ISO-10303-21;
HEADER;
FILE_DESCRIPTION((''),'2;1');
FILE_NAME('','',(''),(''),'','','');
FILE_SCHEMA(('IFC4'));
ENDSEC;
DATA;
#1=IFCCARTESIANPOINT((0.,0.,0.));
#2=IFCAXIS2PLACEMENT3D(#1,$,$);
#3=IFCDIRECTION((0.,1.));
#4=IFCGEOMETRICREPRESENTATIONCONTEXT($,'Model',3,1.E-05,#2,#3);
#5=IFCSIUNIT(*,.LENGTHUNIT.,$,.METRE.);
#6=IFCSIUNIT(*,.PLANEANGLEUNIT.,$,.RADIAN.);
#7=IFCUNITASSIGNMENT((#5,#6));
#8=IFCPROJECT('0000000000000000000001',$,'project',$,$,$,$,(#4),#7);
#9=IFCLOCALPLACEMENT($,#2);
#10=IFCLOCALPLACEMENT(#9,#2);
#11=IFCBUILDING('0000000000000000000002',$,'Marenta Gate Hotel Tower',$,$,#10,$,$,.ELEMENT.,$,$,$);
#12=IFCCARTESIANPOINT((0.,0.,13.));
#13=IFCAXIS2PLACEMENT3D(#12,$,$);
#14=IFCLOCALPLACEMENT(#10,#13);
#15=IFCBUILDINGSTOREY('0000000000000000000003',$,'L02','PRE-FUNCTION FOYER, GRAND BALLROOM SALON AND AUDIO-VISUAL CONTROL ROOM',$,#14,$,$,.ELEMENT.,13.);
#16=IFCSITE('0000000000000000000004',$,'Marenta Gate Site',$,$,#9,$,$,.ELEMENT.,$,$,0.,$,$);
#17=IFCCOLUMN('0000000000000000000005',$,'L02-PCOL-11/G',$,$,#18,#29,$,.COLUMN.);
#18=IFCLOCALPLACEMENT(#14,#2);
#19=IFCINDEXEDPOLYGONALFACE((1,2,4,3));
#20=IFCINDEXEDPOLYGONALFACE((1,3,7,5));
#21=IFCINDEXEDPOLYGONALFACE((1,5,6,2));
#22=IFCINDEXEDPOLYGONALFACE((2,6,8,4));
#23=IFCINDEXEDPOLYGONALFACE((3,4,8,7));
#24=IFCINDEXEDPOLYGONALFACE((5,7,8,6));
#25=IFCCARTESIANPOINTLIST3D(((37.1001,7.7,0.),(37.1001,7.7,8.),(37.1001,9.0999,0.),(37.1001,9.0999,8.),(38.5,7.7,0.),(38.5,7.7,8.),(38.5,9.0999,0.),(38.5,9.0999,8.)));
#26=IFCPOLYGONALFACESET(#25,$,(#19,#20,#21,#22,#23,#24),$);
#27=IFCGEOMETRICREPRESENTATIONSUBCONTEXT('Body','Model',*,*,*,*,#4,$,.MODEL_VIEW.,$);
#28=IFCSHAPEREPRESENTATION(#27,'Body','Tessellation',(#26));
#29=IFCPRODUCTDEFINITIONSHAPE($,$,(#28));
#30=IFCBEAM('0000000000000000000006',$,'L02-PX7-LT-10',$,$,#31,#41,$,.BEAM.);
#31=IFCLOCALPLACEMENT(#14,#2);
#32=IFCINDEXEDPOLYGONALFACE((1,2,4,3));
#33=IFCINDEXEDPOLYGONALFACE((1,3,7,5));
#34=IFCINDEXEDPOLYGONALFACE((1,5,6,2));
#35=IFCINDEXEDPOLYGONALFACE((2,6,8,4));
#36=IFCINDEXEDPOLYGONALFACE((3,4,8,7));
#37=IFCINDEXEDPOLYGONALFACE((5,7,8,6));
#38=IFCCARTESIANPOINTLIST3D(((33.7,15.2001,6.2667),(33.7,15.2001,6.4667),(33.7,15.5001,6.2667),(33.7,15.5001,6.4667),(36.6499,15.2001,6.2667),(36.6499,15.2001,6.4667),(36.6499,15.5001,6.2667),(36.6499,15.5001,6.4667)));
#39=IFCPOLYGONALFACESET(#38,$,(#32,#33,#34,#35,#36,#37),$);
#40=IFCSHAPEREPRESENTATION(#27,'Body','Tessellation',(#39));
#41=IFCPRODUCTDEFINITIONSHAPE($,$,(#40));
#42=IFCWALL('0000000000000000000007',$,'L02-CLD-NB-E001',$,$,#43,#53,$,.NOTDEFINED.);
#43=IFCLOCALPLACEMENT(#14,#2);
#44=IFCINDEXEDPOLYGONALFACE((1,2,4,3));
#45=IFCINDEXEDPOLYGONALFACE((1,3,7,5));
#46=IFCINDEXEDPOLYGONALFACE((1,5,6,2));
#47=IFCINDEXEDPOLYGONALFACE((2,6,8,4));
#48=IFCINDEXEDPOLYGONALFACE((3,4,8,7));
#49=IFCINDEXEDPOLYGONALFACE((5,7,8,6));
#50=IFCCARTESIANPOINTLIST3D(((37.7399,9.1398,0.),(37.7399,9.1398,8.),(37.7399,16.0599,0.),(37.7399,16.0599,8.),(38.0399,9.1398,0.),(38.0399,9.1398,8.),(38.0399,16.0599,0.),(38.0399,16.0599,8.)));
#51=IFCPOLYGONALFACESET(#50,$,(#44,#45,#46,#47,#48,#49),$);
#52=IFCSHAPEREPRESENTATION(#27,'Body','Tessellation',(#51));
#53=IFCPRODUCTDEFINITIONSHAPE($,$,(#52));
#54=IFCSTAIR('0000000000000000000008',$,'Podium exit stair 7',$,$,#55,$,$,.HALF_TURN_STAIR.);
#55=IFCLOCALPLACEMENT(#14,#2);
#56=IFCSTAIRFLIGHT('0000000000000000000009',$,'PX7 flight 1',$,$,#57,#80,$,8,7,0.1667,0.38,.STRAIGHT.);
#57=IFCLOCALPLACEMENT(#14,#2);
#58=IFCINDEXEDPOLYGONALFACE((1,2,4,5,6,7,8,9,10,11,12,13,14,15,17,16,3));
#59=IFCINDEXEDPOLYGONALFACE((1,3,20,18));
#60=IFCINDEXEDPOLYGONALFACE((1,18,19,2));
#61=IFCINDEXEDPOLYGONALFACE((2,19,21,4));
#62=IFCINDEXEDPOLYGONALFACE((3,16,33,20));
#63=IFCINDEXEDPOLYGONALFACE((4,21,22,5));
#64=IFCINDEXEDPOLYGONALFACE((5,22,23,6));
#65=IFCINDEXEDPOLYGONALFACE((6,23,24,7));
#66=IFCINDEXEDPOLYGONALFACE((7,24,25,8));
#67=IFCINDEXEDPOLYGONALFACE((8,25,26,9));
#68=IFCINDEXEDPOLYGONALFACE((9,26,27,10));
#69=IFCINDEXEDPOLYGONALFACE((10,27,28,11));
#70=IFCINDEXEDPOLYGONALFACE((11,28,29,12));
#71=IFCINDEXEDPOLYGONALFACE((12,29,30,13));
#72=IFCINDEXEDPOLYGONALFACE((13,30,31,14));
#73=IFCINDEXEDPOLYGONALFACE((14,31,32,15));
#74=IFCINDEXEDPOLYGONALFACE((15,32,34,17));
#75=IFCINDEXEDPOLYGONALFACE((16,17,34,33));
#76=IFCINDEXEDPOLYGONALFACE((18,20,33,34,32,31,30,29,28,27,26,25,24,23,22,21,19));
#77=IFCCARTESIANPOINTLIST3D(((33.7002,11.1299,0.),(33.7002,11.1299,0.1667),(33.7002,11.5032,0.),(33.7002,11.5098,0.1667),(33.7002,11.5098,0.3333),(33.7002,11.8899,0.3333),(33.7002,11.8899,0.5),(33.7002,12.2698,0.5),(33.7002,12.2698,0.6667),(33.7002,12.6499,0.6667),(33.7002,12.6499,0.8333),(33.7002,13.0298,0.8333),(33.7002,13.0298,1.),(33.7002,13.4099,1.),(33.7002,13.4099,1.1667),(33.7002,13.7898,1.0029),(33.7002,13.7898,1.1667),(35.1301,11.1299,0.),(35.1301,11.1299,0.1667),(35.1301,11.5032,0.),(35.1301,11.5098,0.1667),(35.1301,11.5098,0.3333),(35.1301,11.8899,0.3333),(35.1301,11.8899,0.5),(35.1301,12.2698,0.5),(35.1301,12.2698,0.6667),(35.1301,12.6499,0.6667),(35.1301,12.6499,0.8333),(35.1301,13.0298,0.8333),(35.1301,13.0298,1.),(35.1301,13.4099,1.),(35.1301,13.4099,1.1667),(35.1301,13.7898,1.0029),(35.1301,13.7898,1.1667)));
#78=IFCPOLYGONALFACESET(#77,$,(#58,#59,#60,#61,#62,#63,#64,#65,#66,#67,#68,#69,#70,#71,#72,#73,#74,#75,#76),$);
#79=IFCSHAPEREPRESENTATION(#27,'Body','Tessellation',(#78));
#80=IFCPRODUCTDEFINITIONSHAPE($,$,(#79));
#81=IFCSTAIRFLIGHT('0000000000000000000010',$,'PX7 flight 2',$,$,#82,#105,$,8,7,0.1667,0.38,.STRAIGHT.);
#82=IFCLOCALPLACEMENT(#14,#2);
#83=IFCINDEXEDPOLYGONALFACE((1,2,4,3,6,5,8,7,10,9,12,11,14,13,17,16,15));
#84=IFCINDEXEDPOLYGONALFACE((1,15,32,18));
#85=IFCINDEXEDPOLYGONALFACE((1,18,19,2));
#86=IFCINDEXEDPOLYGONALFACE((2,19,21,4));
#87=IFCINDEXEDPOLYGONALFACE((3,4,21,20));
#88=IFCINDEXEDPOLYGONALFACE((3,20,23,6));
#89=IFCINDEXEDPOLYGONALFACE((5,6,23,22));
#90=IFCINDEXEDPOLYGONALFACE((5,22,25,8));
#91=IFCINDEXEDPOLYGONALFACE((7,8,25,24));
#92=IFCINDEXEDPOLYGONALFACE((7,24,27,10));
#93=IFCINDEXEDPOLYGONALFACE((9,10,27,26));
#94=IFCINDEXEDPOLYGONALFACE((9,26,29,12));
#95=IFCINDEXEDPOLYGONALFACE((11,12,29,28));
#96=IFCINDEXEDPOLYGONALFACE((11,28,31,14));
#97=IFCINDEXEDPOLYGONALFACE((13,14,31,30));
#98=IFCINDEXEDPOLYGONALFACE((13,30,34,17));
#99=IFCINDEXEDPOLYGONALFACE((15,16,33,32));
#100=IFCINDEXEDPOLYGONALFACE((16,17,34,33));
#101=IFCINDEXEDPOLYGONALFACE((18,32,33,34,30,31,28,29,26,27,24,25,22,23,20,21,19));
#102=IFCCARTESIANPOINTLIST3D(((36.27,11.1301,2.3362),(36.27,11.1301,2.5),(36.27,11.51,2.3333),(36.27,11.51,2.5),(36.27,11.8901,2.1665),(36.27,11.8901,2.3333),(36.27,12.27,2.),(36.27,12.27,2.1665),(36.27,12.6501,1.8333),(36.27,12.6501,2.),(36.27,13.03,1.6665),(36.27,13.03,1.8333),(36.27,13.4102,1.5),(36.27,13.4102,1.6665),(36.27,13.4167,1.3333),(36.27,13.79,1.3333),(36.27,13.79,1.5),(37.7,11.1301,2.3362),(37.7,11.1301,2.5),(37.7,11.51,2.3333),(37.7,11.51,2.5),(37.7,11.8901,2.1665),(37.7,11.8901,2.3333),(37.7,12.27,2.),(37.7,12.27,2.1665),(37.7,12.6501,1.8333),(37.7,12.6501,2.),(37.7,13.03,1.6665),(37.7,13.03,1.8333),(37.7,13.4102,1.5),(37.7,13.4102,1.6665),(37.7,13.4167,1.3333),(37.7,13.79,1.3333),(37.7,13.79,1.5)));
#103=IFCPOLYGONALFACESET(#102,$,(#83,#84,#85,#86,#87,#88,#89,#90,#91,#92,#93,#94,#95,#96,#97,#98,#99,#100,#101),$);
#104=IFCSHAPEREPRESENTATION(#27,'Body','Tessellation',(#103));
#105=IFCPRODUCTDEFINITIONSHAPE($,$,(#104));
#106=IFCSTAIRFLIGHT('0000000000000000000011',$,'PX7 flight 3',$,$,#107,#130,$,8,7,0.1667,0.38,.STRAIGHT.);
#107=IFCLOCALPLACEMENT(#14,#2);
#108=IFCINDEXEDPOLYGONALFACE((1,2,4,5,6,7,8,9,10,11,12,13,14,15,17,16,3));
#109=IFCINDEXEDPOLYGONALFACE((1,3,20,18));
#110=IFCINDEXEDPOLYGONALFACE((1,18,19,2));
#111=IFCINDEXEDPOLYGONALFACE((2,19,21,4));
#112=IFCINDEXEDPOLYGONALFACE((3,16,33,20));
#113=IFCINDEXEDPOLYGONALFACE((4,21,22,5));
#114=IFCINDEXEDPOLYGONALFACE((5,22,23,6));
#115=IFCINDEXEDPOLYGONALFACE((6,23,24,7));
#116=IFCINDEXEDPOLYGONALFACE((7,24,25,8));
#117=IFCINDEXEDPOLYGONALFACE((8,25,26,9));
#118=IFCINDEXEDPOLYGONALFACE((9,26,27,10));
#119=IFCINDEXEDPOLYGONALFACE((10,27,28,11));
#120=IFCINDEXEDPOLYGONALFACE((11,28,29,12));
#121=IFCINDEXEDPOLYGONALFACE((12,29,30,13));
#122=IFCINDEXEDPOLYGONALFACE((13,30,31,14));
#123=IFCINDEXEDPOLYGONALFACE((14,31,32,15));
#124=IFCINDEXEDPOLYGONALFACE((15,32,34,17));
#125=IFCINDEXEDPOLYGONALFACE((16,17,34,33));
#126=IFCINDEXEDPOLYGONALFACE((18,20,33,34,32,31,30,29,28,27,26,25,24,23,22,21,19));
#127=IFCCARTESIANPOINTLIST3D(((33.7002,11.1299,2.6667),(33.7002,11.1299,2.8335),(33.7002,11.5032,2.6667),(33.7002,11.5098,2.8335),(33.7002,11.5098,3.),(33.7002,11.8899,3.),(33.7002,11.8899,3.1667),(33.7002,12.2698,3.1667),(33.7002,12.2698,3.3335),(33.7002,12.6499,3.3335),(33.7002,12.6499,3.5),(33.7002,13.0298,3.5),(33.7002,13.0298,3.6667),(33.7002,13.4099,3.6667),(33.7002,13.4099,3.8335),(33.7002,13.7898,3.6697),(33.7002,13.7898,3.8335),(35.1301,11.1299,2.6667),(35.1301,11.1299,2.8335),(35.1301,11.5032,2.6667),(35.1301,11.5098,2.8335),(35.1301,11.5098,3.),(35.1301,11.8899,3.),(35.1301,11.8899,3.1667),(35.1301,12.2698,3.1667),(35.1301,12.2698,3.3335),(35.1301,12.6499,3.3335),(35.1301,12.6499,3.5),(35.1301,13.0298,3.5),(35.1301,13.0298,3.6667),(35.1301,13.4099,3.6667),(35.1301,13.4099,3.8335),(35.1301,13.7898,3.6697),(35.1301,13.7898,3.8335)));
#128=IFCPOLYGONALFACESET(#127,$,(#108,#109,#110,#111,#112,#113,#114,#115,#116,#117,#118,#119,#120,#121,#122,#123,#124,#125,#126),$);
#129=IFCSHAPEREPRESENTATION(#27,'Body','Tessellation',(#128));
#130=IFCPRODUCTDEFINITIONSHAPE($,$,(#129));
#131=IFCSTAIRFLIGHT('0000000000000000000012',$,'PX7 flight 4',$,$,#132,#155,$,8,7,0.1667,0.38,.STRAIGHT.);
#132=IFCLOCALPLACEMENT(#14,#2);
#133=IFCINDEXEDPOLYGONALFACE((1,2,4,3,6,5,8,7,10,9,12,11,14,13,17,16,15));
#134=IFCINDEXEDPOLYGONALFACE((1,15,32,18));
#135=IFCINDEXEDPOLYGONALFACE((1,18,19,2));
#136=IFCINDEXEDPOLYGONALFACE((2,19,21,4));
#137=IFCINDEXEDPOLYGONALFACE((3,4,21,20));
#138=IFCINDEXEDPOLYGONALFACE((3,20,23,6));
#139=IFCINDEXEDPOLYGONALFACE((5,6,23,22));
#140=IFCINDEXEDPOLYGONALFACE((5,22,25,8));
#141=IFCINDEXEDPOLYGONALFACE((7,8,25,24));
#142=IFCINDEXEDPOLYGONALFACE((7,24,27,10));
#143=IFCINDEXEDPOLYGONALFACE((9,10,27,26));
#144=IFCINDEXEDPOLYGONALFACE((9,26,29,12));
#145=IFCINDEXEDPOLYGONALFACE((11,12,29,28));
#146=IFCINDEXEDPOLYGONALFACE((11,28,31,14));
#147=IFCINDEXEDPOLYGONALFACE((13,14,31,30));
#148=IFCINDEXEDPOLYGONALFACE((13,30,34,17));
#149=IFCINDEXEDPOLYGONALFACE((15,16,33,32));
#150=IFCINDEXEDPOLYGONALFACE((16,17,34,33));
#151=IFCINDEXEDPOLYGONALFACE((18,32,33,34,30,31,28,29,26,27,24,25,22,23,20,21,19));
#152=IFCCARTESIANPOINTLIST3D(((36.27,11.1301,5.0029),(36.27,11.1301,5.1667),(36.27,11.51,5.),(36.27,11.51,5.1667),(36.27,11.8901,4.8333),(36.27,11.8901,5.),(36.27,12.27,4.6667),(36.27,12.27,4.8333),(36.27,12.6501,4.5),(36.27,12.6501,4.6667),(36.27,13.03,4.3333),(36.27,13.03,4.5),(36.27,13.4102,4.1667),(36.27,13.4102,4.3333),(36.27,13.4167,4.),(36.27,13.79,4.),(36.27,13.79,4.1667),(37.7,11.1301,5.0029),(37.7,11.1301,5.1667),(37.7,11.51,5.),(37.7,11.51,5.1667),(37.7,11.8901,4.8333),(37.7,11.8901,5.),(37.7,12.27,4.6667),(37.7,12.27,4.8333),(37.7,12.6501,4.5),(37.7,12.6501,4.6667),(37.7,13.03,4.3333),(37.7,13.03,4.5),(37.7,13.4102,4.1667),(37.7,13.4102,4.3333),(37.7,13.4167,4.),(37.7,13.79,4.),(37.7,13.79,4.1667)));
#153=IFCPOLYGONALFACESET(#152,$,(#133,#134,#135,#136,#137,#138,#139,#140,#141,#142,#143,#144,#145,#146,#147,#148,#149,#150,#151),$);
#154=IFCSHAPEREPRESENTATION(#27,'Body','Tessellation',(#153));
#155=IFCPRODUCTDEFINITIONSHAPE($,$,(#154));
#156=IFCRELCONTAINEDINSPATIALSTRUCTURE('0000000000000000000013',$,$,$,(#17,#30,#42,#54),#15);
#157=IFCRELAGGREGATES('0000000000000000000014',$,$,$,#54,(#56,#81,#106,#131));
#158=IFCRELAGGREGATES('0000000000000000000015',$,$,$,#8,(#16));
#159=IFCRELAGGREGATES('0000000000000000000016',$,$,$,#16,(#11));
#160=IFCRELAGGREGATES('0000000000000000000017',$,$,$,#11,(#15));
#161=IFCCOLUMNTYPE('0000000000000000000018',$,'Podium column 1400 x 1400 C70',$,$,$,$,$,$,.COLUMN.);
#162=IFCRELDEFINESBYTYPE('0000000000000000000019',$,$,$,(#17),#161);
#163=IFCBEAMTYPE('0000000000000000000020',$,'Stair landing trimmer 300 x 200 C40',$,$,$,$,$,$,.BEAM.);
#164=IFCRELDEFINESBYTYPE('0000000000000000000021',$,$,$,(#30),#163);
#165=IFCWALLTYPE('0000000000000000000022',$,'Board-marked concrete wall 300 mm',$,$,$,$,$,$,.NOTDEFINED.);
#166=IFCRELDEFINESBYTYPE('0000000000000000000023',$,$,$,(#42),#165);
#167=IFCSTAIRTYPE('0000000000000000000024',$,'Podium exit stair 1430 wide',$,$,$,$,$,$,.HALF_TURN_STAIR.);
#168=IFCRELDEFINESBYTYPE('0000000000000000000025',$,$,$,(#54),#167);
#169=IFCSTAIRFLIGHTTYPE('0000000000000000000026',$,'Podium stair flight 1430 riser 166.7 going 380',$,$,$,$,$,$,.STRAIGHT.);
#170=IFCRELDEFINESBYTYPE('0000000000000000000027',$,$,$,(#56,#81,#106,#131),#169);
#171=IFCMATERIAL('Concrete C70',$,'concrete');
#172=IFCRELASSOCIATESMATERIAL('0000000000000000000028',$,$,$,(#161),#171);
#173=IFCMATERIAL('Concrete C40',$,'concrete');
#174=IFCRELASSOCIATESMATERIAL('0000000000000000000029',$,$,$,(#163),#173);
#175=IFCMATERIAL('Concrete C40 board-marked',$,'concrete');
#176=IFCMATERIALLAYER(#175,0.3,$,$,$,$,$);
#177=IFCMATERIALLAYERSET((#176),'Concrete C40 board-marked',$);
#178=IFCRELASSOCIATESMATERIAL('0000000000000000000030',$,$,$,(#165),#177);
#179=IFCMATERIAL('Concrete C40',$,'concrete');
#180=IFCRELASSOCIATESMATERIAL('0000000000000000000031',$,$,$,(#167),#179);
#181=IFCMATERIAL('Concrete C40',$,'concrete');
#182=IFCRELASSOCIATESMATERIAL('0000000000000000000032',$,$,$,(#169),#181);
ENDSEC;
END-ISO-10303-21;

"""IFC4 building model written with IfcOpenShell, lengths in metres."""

from ifc_helpers import new_model, si_unit, direction, frame, frame_2d, origin, origin_2d, place, context, subcontext, project, spatial, polyline, rectangle, outline, extrude, material, layer, layer_set, material_profile, profile_set, type_object, element, aggregate, save


model = new_model("IFC4")

# Units and contexts
model_context = context("Model", 3, precision=1e-05, world=origin(), true_north=direction((0.0, 1.0)))
body_context = subcontext(model_context, "Body", "Model", "MODEL_VIEW")
ifc_project = project(units=[si_unit("LENGTHUNIT", "METRE"), si_unit("PLANEANGLEUNIT", "RADIAN")], contexts=[model_context])

# Site, building, storey
site_placement = place(None, origin())
site = spatial("IfcSite", under=ifc_project, at=site_placement, Name="Marenta Gate Site", CompositionType="ELEMENT", RefElevation=0.0)
building_placement = place(site_placement, origin())
building = spatial("IfcBuilding", under=site, at=building_placement, Name="Marenta Gate Hotel Tower", CompositionType="ELEMENT")
storey_placement = place(building_placement, frame((0.0, 0.0, 13.0)))
storey = spatial("IfcBuildingStorey", under=building, at=storey_placement, Name="L02", Description="PRE-FUNCTION FOYER, GRAND BALLROOM SALON AND AUDIO-VISUAL CONTROL ROOM", CompositionType="ELEMENT", Elevation=13.0)

# Column
ifc_material_1 = material(Name="Concrete C70", Category="concrete")
ifc_material_profile_1 = material_profile(ifc_material_1, rectangle(XDim=1.3999, YDim=1.3999, at=origin_2d()), Name="1400 x 1400")
ifc_profile_set_1 = profile_set([ifc_material_profile_1], Name="Concrete C70")
column_type = type_object("IfcColumnType", Name="Podium column 1400 x 1400 C70", PredefinedType="COLUMN", material=ifc_profile_set_1)
column_placement = place(storey_placement, frame((37.8, 8.3999, 0.0), z_axis=(0.0, 0.0, 1.0), x_axis=(1.0, 0.0, 0.0)))
element("IfcColumn", 1, at=column_placement, inside=storey, type_object=column_type, Name="L02-PCOL-11/G", PredefinedType="COLUMN", context=body_context, shape_type="SweptSolid", body=[
    extrude(rectangle(XDim=1.3999, YDim=1.3999, at=origin_2d()), origin(), (0.0, 0.0, 1.0), 8.0),
])

# Beam
ifc_material_2 = material(Name="Concrete C40", Category="concrete")
ifc_material_profile_2 = material_profile(ifc_material_2, rectangle(XDim=0.3, YDim=0.2, at=origin_2d()), Name="300 x 200")
ifc_profile_set_2 = profile_set([ifc_material_profile_2], Name="Concrete C40")
beam_type = type_object("IfcBeamType", Name="Stair landing trimmer 300 x 200 C40", PredefinedType="BEAM", material=ifc_profile_set_2)
beam_placement = place(storey_placement, frame((33.7, 15.3501, 6.3667), z_axis=(1.0, 0.0, 0.0), x_axis=(0.0, 1.0, 0.0)))
element("IfcBeam", 2, at=beam_placement, inside=storey, type_object=beam_type, Name="L02-PX7-LT-10", PredefinedType="BEAM", context=body_context, shape_type="SweptSolid", body=[
    extrude(rectangle(XDim=0.3, YDim=0.2, at=origin_2d()), origin(), (0.0, 0.0, 1.0), 2.95),
])

# Wall
ifc_material_3 = material(Name="Concrete C40 board-marked", Category="concrete")
ifc_layer = layer(ifc_material_3, 0.3)
ifc_layer_set = layer_set([ifc_layer], Name="Concrete C40 board-marked")
wall_type = type_object("IfcWallType", Name="Board-marked concrete wall 300 mm", PredefinedType="NOTDEFINED", material=ifc_layer_set)
wall_placement = place(storey_placement, frame((37.8899, 9.1399, 0.0), z_axis=(0.0, 0.0, 1.0), x_axis=(0.0, 1.0, 0.0)))
element("IfcWall", 3, at=wall_placement, inside=storey, type_object=wall_type, Name="L02-CLD-NB-E001", PredefinedType="NOTDEFINED", context=body_context, shape_type="SweptSolid", body=[
    extrude(rectangle(XDim=6.9202, YDim=0.3, at=frame_2d((3.46, 0.0))), origin(), (0.0, 0.0, 1.0), 8.0),
])

# Stair, stair flights
ifc_material_4 = material(Name="Concrete C40", Category="concrete")
stair_type = type_object("IfcStairType", Name="Podium exit stair 1430 wide", PredefinedType="HALF_TURN_STAIR", material=ifc_material_4)
stair_placement = place(storey_placement, origin())
stair = element("IfcStair", 4, at=stair_placement, inside=storey, type_object=stair_type, Name="Podium exit stair 7", PredefinedType="HALF_TURN_STAIR")
ifc_material_5 = material(Name="Concrete C40", Category="concrete")
stair_flight_type = type_object("IfcStairFlightType", Name="Podium stair flight 1430 riser 166.7 going 380", PredefinedType="STRAIGHT", material=ifc_material_5)
stair_flight_1_placement = place(storey_placement, frame((34.415, 11.1299, 0.0), z_axis=(0.0, 0.0, 1.0), x_axis=(0.0, 1.0, 0.0)))
stair_flight_1 = element("IfcStairFlight", 5, at=stair_flight_1_placement, type_object=stair_flight_type, Name="PX7 flight 1", NumberOfRisers=8, NumberOfTreads=7, PredefinedType="STRAIGHT", RiserHeight=0.1667, TreadLength=0.38, context=body_context, shape_type="SweptSolid", body=[
    extrude(outline(polyline([(0.0, 0.0), (0.0, 0.1667), (0.3799, 0.1667), (0.3799, 0.3333), (0.76, 0.3333), (0.76, 0.5), (1.1399, 0.5), (1.1399, 0.6667), (1.52, 0.6667), (1.52, 0.8333), (1.8999, 0.8333), (1.8999, 1.0), (2.28, 1.0), (2.28, 1.1667), (2.6599, 1.1667), (2.6599, 1.3333), (2.6599, 1.0029), (0.3733, 0.0), (0.0, 0.0)])), frame((0.0, 0.7148, 0.0), z_axis=(0.0, -1.0, 0.0), x_axis=(1.0, 0.0, 0.0)), (0.0, 0.0, 1.0), 1.4299),
])
stair_flight_2_placement = place(storey_placement, frame((36.9851, 13.79, 1.3333), z_axis=(0.0, 0.0, 1.0), x_axis=(0.0, -1.0, 0.0)))
stair_flight_2 = element("IfcStairFlight", 6, at=stair_flight_2_placement, type_object=stair_flight_type, Name="PX7 flight 2", NumberOfRisers=8, NumberOfTreads=7, PredefinedType="STRAIGHT", RiserHeight=0.1667, TreadLength=0.38, context=body_context, shape_type="SweptSolid", body=[
    extrude(outline(polyline([(0.0, 0.0), (0.0, 0.1667), (0.3799, 0.1667), (0.3799, 0.3333), (0.76, 0.3333), (0.76, 0.5), (1.1399, 0.5), (1.1399, 0.6667), (1.52, 0.6667), (1.52, 0.8333), (1.8999, 0.8333), (1.8999, 1.0), (2.28, 1.0), (2.28, 1.1667), (2.6599, 1.1667), (2.6599, 1.3333), (2.6599, 1.0029), (0.3733, 0.0), (0.0, 0.0)])), frame((0.0, 0.7148, 0.0), z_axis=(0.0, -1.0, 0.0), x_axis=(1.0, 0.0, 0.0)), (0.0, 0.0, 1.0), 1.4299),
])
stair_flight_3_placement = place(storey_placement, frame((34.415, 11.1299, 2.6667), z_axis=(0.0, 0.0, 1.0), x_axis=(0.0, 1.0, 0.0)))
stair_flight_3 = element("IfcStairFlight", 7, at=stair_flight_3_placement, type_object=stair_flight_type, Name="PX7 flight 3", NumberOfRisers=8, NumberOfTreads=7, PredefinedType="STRAIGHT", RiserHeight=0.1667, TreadLength=0.38, context=body_context, shape_type="SweptSolid", body=[
    extrude(outline(polyline([(0.0, 0.0), (0.0, 0.1667), (0.3799, 0.1667), (0.3799, 0.3333), (0.76, 0.3333), (0.76, 0.5), (1.1399, 0.5), (1.1399, 0.6667), (1.52, 0.6667), (1.52, 0.8333), (1.8999, 0.8333), (1.8999, 1.0), (2.28, 1.0), (2.28, 1.1667), (2.6599, 1.1667), (2.6599, 1.3333), (2.6599, 1.0029), (0.3733, 0.0), (0.0, 0.0)])), frame((0.0, 0.7148, 0.0), z_axis=(0.0, -1.0, 0.0), x_axis=(1.0, 0.0, 0.0)), (0.0, 0.0, 1.0), 1.4299),
])
stair_flight_4_placement = place(storey_placement, frame((36.9851, 13.79, 4.0), z_axis=(0.0, 0.0, 1.0), x_axis=(0.0, -1.0, 0.0)))
stair_flight_4 = element("IfcStairFlight", 8, at=stair_flight_4_placement, type_object=stair_flight_type, Name="PX7 flight 4", NumberOfRisers=8, NumberOfTreads=7, PredefinedType="STRAIGHT", RiserHeight=0.1667, TreadLength=0.38, context=body_context, shape_type="SweptSolid", body=[
    extrude(outline(polyline([(0.0, 0.0), (0.0, 0.1667), (0.3799, 0.1667), (0.3799, 0.3333), (0.76, 0.3333), (0.76, 0.5), (1.1399, 0.5), (1.1399, 0.6667), (1.52, 0.6667), (1.52, 0.8333), (1.8999, 0.8333), (1.8999, 1.0), (2.28, 1.0), (2.28, 1.1667), (2.6599, 1.1667), (2.6599, 1.3333), (2.6599, 1.0029), (0.3733, 0.0), (0.0, 0.0)])), frame((0.0, 0.7148, 0.0), z_axis=(0.0, -1.0, 0.0), x_axis=(1.0, 0.0, 0.0)), (0.0, 0.0, 1.0), 1.4299),
])
aggregate(stair, [stair_flight_1, stair_flight_2, stair_flight_3, stair_flight_4])

save(model, "model.ifc")
